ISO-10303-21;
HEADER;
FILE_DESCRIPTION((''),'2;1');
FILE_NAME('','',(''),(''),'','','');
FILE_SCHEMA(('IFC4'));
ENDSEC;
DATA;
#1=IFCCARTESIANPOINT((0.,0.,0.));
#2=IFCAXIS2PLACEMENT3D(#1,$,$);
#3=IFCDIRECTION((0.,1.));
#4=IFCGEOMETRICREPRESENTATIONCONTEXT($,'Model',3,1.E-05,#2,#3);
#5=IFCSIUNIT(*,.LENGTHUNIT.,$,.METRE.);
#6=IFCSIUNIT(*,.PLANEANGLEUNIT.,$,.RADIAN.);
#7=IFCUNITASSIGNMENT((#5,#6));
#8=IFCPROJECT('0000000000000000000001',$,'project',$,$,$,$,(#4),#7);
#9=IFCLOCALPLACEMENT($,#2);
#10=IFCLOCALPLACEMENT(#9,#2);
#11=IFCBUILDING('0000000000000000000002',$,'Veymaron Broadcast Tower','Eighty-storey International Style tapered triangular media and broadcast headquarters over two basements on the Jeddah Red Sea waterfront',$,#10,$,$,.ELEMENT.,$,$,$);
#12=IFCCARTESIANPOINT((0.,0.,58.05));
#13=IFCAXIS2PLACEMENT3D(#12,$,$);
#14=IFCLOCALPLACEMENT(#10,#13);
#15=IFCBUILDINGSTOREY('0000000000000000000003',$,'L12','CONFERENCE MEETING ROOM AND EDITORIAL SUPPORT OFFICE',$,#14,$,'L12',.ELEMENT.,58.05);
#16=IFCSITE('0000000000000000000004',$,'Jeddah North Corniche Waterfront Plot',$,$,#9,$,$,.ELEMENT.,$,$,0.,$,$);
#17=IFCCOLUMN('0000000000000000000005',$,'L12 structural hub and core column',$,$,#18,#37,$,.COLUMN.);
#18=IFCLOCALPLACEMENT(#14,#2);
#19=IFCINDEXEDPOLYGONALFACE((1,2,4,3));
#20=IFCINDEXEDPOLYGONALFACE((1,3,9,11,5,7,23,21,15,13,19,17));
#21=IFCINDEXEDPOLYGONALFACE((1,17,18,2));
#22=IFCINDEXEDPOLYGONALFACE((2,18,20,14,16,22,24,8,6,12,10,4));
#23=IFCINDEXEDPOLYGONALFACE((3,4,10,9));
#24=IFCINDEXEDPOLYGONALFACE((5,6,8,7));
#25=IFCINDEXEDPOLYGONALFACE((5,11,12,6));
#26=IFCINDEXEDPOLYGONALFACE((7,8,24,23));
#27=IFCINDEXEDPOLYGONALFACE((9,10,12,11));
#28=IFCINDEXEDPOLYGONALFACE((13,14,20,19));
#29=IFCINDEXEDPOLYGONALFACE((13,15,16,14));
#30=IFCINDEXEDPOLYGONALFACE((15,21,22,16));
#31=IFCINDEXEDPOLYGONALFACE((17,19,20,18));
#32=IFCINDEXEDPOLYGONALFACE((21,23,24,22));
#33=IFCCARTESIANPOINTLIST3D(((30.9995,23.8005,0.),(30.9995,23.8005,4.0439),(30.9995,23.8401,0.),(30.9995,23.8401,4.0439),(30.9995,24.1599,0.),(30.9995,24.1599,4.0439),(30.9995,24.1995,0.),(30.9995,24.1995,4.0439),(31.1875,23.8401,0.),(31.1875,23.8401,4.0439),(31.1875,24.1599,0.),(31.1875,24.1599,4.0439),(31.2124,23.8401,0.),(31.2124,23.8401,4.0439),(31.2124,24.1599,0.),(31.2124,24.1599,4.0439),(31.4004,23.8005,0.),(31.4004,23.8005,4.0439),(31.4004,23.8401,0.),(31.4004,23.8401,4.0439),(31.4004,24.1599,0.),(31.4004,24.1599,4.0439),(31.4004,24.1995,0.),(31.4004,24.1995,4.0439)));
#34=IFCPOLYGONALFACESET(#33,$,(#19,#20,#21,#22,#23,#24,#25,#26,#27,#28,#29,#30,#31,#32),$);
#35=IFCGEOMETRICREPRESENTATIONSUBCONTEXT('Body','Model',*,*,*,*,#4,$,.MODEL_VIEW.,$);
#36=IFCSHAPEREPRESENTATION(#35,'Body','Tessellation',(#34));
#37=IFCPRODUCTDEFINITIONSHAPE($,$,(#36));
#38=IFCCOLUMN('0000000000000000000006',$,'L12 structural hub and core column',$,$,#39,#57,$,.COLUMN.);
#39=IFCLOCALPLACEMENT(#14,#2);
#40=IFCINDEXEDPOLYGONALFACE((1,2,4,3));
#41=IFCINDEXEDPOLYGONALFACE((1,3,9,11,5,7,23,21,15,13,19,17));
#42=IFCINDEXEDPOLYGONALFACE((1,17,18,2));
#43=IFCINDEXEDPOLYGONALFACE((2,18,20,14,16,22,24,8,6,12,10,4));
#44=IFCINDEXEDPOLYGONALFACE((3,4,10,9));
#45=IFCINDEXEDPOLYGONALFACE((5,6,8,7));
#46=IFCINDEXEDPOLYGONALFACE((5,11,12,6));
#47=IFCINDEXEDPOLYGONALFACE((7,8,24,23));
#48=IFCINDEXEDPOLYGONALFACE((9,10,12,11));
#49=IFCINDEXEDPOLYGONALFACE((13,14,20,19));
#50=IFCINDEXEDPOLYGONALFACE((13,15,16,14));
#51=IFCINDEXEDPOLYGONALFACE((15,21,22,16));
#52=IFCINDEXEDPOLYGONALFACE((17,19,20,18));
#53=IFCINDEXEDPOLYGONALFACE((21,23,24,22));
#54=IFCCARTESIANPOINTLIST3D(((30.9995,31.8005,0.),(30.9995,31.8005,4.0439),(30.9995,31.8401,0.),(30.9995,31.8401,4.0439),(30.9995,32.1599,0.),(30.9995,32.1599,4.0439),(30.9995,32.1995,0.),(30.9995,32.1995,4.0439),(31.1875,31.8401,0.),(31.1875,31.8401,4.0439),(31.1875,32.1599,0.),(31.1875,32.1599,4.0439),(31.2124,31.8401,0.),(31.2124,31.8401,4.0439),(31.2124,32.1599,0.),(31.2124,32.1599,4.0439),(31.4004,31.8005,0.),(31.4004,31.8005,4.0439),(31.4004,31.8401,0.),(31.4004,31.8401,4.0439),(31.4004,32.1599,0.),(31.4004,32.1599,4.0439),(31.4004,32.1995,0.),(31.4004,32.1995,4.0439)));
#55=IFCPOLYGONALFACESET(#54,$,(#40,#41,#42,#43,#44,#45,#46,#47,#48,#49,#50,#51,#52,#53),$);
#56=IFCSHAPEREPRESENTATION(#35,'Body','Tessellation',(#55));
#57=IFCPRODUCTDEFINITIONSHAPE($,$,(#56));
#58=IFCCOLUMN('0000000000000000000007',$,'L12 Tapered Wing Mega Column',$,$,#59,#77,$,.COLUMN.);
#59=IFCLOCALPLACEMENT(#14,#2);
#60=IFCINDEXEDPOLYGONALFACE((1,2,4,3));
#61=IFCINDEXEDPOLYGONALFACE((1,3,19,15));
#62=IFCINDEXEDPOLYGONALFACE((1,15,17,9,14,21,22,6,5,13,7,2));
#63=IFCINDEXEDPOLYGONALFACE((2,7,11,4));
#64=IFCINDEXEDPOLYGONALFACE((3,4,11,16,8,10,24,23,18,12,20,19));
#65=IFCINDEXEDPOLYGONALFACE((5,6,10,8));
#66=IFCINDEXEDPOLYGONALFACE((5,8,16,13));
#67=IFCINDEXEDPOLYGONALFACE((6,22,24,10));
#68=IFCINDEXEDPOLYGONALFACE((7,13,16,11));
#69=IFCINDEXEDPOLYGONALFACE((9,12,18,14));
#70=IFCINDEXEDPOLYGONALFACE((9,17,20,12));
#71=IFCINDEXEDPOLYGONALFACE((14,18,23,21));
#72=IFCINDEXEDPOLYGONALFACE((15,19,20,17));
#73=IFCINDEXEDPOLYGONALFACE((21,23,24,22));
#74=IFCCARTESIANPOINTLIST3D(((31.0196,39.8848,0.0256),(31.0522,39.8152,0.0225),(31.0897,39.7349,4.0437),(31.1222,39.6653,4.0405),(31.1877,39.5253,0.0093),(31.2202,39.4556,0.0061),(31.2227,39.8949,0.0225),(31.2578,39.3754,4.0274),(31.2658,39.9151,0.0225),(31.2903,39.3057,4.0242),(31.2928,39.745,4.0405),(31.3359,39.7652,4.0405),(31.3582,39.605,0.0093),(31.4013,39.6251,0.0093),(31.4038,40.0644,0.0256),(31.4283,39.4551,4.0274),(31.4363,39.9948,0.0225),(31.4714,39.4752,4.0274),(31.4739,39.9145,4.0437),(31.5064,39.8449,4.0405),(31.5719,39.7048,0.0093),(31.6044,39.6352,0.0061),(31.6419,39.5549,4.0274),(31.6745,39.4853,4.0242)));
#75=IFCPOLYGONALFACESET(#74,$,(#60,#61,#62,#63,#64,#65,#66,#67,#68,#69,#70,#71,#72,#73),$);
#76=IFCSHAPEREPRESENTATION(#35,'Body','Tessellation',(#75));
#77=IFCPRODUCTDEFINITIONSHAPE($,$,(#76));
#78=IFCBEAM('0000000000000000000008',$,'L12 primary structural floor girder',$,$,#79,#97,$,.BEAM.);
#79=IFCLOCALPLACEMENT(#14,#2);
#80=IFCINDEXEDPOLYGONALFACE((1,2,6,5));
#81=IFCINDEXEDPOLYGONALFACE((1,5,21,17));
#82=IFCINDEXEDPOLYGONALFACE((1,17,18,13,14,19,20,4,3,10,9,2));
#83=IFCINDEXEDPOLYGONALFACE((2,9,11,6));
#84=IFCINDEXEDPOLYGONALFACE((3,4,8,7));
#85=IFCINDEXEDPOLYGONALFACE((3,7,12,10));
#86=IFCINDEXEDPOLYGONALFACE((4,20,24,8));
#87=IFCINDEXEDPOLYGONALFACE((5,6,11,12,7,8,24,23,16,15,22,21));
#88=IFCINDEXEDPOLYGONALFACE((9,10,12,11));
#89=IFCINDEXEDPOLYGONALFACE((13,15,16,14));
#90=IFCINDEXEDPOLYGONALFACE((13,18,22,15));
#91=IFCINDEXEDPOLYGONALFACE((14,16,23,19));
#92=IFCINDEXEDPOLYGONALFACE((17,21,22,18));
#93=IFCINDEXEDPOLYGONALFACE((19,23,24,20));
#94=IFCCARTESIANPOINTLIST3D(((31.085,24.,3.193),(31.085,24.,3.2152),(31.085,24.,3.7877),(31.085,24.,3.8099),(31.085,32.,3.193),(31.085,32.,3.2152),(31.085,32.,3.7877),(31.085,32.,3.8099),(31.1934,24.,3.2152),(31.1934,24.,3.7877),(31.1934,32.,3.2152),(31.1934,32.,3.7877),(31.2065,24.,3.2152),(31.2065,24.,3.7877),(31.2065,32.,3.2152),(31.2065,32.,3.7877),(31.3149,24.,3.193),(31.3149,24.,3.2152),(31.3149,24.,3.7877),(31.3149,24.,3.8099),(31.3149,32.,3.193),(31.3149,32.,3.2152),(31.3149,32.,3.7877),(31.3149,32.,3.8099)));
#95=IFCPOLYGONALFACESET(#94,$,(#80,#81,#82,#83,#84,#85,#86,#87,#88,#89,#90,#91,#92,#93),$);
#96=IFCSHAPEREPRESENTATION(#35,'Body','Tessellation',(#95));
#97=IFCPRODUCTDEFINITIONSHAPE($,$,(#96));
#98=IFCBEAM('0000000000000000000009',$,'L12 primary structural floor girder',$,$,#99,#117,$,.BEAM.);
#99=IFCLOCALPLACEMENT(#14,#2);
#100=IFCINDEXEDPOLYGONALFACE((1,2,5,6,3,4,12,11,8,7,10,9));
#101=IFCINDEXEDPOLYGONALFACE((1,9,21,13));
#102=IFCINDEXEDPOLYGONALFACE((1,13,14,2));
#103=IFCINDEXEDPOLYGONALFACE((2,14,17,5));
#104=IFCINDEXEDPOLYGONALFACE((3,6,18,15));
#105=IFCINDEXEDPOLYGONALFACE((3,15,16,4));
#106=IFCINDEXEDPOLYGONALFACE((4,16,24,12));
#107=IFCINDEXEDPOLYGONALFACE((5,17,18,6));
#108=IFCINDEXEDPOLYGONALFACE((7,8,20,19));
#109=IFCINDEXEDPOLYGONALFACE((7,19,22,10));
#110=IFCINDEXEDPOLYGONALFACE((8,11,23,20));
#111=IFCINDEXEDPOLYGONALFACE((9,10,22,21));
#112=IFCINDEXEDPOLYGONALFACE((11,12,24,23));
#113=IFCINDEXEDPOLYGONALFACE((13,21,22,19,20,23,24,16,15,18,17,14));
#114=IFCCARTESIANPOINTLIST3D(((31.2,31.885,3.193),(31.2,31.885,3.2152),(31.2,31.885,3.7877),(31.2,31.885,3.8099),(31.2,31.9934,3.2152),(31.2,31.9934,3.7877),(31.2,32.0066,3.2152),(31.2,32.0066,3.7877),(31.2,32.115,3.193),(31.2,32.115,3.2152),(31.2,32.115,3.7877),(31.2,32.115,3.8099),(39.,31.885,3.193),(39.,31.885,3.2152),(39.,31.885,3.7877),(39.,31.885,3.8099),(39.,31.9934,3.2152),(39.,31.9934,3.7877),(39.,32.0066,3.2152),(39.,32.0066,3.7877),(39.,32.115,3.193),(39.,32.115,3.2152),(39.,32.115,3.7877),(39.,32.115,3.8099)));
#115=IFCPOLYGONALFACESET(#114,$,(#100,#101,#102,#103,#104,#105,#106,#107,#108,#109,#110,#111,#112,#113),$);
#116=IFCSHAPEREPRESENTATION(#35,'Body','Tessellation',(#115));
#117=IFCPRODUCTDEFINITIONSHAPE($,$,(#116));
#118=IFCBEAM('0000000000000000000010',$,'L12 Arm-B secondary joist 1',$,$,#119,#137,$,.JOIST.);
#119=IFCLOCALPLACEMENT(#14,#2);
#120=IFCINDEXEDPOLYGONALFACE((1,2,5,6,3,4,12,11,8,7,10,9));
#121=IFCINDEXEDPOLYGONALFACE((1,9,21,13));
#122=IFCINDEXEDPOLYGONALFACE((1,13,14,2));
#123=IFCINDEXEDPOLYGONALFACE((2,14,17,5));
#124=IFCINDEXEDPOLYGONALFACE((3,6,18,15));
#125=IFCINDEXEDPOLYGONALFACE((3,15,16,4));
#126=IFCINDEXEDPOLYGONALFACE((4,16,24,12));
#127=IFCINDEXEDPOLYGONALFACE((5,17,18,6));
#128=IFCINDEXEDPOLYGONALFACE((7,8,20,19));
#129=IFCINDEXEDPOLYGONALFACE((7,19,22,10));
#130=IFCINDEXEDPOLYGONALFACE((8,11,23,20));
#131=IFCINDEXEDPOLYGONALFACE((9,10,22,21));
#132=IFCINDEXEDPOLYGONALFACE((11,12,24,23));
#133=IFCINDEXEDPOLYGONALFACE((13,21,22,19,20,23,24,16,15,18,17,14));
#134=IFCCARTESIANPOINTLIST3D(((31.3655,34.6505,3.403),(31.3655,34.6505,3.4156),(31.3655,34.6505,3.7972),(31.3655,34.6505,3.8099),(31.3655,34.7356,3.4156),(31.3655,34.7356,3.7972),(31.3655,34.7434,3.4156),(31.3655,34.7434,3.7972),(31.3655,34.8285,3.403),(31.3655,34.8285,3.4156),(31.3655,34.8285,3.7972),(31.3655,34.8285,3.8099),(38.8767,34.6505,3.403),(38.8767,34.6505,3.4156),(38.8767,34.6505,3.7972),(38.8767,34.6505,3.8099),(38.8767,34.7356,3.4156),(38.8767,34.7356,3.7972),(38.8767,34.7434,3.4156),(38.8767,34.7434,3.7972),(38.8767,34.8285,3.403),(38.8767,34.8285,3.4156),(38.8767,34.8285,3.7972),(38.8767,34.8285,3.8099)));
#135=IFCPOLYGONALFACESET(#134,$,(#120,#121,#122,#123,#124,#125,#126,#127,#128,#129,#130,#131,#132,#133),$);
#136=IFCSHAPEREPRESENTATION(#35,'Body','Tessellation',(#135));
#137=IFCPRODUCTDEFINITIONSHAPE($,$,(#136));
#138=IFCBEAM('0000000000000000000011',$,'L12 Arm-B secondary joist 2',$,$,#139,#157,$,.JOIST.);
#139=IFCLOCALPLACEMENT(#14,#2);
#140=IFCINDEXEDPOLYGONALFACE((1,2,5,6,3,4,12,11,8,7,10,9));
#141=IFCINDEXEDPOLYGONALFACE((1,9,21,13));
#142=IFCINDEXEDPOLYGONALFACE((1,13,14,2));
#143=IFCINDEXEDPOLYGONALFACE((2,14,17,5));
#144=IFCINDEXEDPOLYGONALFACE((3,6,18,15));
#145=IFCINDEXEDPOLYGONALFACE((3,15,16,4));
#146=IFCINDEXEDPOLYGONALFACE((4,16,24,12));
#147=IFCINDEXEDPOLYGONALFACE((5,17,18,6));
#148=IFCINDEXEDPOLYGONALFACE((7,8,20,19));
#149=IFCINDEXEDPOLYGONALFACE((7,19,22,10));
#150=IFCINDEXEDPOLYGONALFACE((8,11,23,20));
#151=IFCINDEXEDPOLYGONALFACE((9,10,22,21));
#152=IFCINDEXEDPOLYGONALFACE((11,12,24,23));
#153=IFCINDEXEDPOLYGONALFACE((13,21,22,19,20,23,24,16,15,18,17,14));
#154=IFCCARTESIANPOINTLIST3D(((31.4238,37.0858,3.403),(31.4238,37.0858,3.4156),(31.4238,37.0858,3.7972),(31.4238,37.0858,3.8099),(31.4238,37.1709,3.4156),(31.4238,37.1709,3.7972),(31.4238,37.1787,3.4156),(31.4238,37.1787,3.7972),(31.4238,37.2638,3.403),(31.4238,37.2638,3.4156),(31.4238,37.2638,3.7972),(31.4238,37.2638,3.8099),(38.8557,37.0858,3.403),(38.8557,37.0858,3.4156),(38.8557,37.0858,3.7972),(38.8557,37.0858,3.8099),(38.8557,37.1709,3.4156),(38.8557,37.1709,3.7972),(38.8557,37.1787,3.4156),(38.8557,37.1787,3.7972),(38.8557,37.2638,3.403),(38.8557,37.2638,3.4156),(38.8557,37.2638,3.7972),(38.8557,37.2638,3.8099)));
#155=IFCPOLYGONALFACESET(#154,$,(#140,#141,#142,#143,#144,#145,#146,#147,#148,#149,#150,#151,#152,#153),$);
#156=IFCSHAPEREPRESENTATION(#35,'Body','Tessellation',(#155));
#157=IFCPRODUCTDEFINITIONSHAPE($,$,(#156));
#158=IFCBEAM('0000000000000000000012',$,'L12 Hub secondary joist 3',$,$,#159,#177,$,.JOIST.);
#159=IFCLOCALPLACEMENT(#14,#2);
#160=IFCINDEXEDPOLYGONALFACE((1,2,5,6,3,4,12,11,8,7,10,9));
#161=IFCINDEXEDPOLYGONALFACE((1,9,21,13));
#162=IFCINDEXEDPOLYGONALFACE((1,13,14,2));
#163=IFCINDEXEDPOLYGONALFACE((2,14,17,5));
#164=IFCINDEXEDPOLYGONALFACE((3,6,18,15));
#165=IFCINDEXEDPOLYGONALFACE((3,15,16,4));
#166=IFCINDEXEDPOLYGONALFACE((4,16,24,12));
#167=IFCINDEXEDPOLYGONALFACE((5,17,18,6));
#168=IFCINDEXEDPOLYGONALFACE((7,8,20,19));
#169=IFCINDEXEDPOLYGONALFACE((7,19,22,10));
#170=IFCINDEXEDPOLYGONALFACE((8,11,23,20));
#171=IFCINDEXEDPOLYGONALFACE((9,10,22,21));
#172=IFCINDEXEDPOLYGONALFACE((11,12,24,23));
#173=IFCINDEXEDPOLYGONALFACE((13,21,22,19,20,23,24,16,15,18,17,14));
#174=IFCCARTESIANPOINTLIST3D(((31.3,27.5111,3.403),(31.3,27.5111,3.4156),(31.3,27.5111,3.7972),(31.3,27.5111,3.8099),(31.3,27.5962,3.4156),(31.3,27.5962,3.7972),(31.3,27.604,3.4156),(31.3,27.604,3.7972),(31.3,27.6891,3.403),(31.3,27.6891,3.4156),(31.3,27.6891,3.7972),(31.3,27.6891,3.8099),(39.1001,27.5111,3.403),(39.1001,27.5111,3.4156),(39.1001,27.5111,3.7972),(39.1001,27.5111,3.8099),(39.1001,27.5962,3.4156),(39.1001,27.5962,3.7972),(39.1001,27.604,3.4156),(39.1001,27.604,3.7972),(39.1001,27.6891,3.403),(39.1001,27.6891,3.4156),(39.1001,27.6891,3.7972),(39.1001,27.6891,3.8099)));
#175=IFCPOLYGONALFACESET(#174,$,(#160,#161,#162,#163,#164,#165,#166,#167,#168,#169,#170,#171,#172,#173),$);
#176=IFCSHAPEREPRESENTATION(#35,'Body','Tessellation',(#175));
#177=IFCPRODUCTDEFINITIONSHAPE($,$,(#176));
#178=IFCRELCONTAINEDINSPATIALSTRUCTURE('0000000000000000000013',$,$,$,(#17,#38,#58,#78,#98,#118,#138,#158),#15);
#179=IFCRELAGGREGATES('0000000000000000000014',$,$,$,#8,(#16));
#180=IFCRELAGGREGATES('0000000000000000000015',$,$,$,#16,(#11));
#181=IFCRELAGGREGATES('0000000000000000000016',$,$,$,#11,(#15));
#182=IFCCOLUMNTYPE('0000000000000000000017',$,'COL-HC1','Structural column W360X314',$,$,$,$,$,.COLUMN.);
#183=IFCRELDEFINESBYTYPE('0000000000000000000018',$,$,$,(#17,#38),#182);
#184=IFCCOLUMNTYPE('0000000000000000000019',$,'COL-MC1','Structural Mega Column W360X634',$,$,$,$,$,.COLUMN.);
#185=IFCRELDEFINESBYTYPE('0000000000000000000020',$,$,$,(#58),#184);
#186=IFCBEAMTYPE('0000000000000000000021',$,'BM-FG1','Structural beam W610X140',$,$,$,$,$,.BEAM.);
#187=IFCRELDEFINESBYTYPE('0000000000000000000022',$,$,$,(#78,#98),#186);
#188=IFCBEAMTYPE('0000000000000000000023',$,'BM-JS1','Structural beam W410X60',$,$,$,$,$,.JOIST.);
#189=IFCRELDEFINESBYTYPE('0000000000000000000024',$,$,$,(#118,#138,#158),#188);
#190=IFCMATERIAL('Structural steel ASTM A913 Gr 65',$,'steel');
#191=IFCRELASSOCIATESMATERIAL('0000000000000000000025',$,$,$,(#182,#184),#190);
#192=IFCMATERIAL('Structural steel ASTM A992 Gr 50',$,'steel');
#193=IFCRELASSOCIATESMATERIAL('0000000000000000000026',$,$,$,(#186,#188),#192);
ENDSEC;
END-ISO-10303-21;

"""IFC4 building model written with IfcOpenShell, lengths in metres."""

from ifc_helpers import new_model, si_unit, direction, frame, origin, origin_2d, place, context, subcontext, project, spatial, i_section, extrude, material, material_profile, profile_set, type_object, element, save


model = new_model("IFC4")

# Units and contexts
model_context = context("Model", 3, precision=1e-05, world=origin(), true_north=direction((0.0, 1.0)))
body_context = subcontext(model_context, "Body", "Model", "MODEL_VIEW")
ifc_project = project(units=[si_unit("LENGTHUNIT", "METRE"), si_unit("PLANEANGLEUNIT", "RADIAN")], contexts=[model_context])

# Site, building, storey
site_placement = place(None, origin())
site = spatial("IfcSite", under=ifc_project, at=site_placement, Name="Jeddah North Corniche Waterfront Plot", CompositionType="ELEMENT", RefElevation=0.0)
building_placement = place(site_placement, origin())
building = spatial("IfcBuilding", under=site, at=building_placement, Name="Veymaron Broadcast Tower", Description="Eighty-storey International Style tapered triangular media and broadcast headquarters over two basements on the Jeddah Red Sea waterfront", CompositionType="ELEMENT")
storey_placement = place(building_placement, frame((0.0, 0.0, 58.05)))
storey = spatial("IfcBuildingStorey", under=building, at=storey_placement, Name="L12", Description="CONFERENCE MEETING ROOM AND EDITORIAL SUPPORT OFFICE", LongName="L12", CompositionType="ELEMENT", Elevation=58.05)

# Columns
ifc_material_1 = material(Name="Structural steel ASTM A913 Gr 65", Category="steel")
ifc_material_profile_1 = material_profile(ifc_material_1, i_section(OverallWidth=0.4009, OverallDepth=0.3989, WebThickness=0.0249, FlangeThickness=0.0396, at=origin_2d()), Name="W360X314")
ifc_profile_set_1 = profile_set([ifc_material_profile_1], Name="Structural steel ASTM A913 Gr 65")
column_type_1 = type_object("IfcColumnType", Name="COL-HC1", Description="Structural column W360X314", PredefinedType="COLUMN", material=ifc_profile_set_1)
for number, where, z_axis, x_axis, name in (
    (1, (31.2, 24.0, 0.0), (0.0, 0.0, 1.0), (1.0, 0.0, 0.0), "L12 structural hub and core column"),
    (2, (31.2, 32.0, 0.0), (0.0, 0.0, 1.0), (1.0, 0.0, 0.0), "L12 structural hub and core column"),
):
    element("IfcColumn", number, at=place(storey_placement, frame(where, z_axis=z_axis, x_axis=x_axis)), inside=storey, type_object=column_type_1, Name=name, PredefinedType="COLUMN", context=body_context, shape_type="SweptSolid", body=[
        extrude(i_section(OverallWidth=0.4009, OverallDepth=0.3989, WebThickness=0.0249, FlangeThickness=0.0396, at=origin_2d()), origin(), (0.0, 0.0, 1.0), 4.0439),
    ])
ifc_material_profile_2 = material_profile(ifc_material_1, i_section(OverallWidth=0.4241, OverallDepth=0.4741, WebThickness=0.0476, FlangeThickness=0.0769, at=origin_2d()), Name="W360X634")
ifc_profile_set_2 = profile_set([ifc_material_profile_2], Name="Structural steel ASTM A913 Gr 65")
column_type_2 = type_object("IfcColumnType", Name="COL-MC1", Description="Structural Mega Column W360X634", PredefinedType="COLUMN", material=ifc_profile_set_2)
column_placement = place(storey_placement, frame((31.312, 39.76, 0.0159), z_axis=(0.017424, -0.037275, 0.999153), x_axis=(0.905919, 0.423451, 0.0)))
element("IfcColumn", 3, at=column_placement, inside=storey, type_object=column_type_2, Name="L12 Tapered Wing Mega Column", PredefinedType="COLUMN", context=body_context, shape_type="SweptSolid", body=[
    extrude(i_section(OverallWidth=0.4241, OverallDepth=0.4741, WebThickness=0.0476, FlangeThickness=0.0769, at=origin_2d()), origin(), (0.0, 0.0, 1.0), 4.0215),
])

# Beams
ifc_material_2 = material(Name="Structural steel ASTM A992 Gr 50", Category="steel")
ifc_material_profile_3 = material_profile(ifc_material_2, i_section(OverallWidth=0.23, OverallDepth=0.6169, WebThickness=0.0132, FlangeThickness=0.0222, at=origin_2d()), Name="W610X140")
ifc_profile_set_3 = profile_set([ifc_material_profile_3], Name="Structural steel ASTM A992 Gr 50")
beam_type_1 = type_object("IfcBeamType", Name="BM-FG1", Description="Structural beam W610X140", PredefinedType="BEAM", material=ifc_profile_set_3)
beam_1_placement = place(storey_placement, frame((31.2, 24.0, 3.5015), z_axis=(0.0, 1.0, 0.0), x_axis=(-1.0, 0.0, 0.0)))
element("IfcBeam", 4, at=beam_1_placement, inside=storey, type_object=beam_type_1, Name="L12 primary structural floor girder", PredefinedType="BEAM", context=body_context, shape_type="SweptSolid", body=[
    extrude(i_section(OverallWidth=0.23, OverallDepth=0.6169, WebThickness=0.0132, FlangeThickness=0.0222, at=origin_2d()), origin(), (0.0, 0.0, 1.0), 8.0),
])
beam_2_placement = place(storey_placement, frame((31.2, 32.0, 3.5015), z_axis=(1.0, 0.0, 0.0), x_axis=(0.0, 1.0, 0.0)))
element("IfcBeam", 5, at=beam_2_placement, inside=storey, type_object=beam_type_1, Name="L12 primary structural floor girder", PredefinedType="BEAM", context=body_context, shape_type="SweptSolid", body=[
    extrude(i_section(OverallWidth=0.23, OverallDepth=0.6169, WebThickness=0.0132, FlangeThickness=0.0222, at=origin_2d()), origin(), (0.0, 0.0, 1.0), 7.8),
])
ifc_material_profile_4 = material_profile(ifc_material_2, i_section(OverallWidth=0.178, OverallDepth=0.407, WebThickness=0.0078, FlangeThickness=0.0127, at=origin_2d()), Name="W410X60")
ifc_profile_set_4 = profile_set([ifc_material_profile_4], Name="Structural steel ASTM A992 Gr 50")
beam_type_2 = type_object("IfcBeamType", Name="BM-JS1", Description="Structural beam W410X60", PredefinedType="JOIST", material=ifc_profile_set_4)
beam_3_placement = place(storey_placement, frame((31.3655, 34.7395, 3.6064), z_axis=(1.0, 0.0, 0.0), x_axis=(0.0, 1.0, 0.0)))
element("IfcBeam", 6, at=beam_3_placement, inside=storey, type_object=beam_type_2, Name="L12 Arm-B secondary joist 1", PredefinedType="JOIST", context=body_context, shape_type="SweptSolid", body=[
    extrude(i_section(OverallWidth=0.178, OverallDepth=0.407, WebThickness=0.0078, FlangeThickness=0.0127, at=origin_2d()), origin(), (0.0, 0.0, 1.0), 7.5112),
])
beam_4_placement = place(storey_placement, frame((31.4238, 37.1748, 3.6064), z_axis=(1.0, 0.0, 0.0), x_axis=(0.0, 1.0, 0.0)))
element("IfcBeam", 7, at=beam_4_placement, inside=storey, type_object=beam_type_2, Name="L12 Arm-B secondary joist 2", PredefinedType="JOIST", context=body_context, shape_type="SweptSolid", body=[
    extrude(i_section(OverallWidth=0.178, OverallDepth=0.407, WebThickness=0.0078, FlangeThickness=0.0127, at=origin_2d()), origin(), (0.0, 0.0, 1.0), 7.4319),
])
for number, where, z_axis, x_axis, name in (
    (8, (31.3, 27.6001, 3.6064), (1.0, 0.0, 0.0), (0.0, 1.0, 0.0), "L12 Hub secondary joist 3"),
):
    element("IfcBeam", number, at=place(storey_placement, frame(where, z_axis=z_axis, x_axis=x_axis)), inside=storey, type_object=beam_type_2, Name=name, PredefinedType="JOIST", context=body_context, shape_type="SweptSolid", body=[
        extrude(i_section(OverallWidth=0.178, OverallDepth=0.407, WebThickness=0.0078, FlangeThickness=0.0127, at=origin_2d()), origin(), (0.0, 0.0, 1.0), 7.8),
    ])

save(model, "model.ifc")
